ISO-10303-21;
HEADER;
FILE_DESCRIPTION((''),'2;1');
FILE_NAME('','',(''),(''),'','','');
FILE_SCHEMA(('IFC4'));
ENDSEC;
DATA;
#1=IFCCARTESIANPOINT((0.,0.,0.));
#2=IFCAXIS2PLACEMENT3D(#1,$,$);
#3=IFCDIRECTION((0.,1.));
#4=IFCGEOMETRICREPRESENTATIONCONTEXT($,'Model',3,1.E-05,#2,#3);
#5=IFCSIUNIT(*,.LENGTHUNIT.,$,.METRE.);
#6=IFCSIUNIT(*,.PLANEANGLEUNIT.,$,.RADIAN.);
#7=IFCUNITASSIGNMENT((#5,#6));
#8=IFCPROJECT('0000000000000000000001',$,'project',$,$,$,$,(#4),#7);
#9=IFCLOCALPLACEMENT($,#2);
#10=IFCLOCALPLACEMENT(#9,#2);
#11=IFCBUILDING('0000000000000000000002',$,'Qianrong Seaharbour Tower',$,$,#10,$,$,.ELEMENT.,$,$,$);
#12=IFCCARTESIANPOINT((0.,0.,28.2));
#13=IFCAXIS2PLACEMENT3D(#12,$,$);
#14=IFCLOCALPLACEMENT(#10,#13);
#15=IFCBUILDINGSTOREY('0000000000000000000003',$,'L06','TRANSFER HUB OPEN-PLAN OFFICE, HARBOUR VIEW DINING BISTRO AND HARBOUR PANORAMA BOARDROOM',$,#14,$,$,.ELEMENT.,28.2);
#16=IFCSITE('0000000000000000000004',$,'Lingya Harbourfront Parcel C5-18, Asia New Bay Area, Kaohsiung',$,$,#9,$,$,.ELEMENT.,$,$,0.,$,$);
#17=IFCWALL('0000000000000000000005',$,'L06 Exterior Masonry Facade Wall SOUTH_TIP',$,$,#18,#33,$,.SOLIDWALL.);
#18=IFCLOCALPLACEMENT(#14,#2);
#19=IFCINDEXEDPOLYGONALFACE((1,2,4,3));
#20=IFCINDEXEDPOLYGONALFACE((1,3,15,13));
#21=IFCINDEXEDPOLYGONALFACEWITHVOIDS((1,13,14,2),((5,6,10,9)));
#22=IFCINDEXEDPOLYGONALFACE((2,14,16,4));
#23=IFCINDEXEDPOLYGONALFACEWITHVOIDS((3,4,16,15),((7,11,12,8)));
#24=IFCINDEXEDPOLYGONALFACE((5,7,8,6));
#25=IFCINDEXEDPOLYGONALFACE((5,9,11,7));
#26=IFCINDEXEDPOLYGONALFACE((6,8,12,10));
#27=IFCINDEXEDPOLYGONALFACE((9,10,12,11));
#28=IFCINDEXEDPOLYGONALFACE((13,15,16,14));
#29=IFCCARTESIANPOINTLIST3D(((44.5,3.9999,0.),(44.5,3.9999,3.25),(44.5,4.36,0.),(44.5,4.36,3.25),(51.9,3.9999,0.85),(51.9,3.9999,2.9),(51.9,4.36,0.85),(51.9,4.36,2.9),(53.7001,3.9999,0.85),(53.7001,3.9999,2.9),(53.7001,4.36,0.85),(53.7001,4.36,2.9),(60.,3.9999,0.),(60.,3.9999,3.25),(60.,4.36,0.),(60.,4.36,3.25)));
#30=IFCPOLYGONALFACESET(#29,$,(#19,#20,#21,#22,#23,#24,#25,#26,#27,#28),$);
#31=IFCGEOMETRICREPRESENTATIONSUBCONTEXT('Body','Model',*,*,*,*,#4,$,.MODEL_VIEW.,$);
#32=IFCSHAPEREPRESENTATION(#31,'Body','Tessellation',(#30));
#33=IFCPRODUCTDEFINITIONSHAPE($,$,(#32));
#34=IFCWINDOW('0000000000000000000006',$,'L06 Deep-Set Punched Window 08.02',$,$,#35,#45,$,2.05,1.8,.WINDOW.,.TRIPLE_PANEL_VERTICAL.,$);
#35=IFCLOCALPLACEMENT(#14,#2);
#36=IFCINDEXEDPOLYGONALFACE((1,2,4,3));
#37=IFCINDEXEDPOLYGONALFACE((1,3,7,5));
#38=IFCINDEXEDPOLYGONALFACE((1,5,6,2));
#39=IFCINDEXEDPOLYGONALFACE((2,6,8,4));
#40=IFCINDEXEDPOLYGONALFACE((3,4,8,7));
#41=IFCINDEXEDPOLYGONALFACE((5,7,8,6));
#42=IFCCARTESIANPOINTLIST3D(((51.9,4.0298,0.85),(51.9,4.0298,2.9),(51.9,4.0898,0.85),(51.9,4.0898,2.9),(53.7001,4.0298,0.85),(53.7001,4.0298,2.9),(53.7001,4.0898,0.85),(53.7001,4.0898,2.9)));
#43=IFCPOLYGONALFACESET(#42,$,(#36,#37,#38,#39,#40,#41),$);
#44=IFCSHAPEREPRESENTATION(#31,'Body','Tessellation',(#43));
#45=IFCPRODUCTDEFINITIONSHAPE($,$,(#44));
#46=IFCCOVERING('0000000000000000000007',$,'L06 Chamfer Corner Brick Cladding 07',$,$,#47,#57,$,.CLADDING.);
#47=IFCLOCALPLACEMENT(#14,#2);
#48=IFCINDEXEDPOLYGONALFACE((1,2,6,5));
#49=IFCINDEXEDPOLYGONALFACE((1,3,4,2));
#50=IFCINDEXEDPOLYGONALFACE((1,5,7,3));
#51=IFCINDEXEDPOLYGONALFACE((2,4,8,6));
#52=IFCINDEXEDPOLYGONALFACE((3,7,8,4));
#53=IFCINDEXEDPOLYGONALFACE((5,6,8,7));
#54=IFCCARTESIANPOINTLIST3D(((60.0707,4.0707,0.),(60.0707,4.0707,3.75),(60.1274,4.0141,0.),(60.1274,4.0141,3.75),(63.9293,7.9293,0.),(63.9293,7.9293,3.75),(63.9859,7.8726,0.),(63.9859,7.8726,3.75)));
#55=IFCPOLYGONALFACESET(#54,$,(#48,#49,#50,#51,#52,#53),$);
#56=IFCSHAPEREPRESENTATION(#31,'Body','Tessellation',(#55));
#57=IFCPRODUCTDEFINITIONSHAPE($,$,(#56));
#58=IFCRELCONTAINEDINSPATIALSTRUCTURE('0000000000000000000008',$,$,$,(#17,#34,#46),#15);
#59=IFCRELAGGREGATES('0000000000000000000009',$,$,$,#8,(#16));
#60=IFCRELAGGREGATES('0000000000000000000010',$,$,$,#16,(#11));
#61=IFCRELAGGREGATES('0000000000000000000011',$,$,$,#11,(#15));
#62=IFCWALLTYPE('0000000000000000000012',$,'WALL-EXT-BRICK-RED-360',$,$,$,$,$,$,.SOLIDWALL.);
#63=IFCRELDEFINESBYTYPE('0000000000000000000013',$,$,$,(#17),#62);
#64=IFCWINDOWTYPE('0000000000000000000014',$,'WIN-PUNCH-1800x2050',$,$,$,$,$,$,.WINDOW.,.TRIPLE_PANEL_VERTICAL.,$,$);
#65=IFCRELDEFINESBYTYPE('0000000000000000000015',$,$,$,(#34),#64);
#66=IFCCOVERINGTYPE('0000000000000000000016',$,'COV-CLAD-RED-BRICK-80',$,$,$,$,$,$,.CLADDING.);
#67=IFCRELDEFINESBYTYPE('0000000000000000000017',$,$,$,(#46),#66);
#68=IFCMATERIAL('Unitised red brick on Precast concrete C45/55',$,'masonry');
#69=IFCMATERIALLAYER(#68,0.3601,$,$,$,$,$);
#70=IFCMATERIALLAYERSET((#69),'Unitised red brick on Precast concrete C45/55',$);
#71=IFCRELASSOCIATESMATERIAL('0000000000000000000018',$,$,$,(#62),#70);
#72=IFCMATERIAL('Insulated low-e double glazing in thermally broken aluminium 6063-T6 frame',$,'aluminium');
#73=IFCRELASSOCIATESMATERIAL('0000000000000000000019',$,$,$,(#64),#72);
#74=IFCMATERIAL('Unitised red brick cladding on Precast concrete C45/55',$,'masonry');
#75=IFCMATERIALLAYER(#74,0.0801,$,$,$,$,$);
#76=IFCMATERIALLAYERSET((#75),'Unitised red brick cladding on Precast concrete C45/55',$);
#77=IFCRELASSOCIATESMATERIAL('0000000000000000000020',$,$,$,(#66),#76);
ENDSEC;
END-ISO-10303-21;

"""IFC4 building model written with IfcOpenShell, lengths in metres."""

from ifc_helpers import new_model, si_unit, direction, frame, frame_2d, origin, origin_2d, place, context, subcontext, project, spatial, rectangle, extrude, material, layer, layer_set, type_object, element, fill, save


model = new_model("IFC4")

# Units and contexts
model_context = context("Model", 3, precision=1e-05, world=origin(), true_north=direction((0.0, 1.0)))
body_context = subcontext(model_context, "Body", "Model", "MODEL_VIEW")
ifc_project = project(units=[si_unit("LENGTHUNIT", "METRE"), si_unit("PLANEANGLEUNIT", "RADIAN")], contexts=[model_context])

# Site, building, storey
site_placement = place(None, origin())
site = spatial("IfcSite", under=ifc_project, at=site_placement, Name="Lingya Harbourfront Parcel C5-18, Asia New Bay Area, Kaohsiung", CompositionType="ELEMENT", RefElevation=0.0)
building_placement = place(site_placement, origin())
building = spatial("IfcBuilding", under=site, at=building_placement, Name="Qianrong Seaharbour Tower", CompositionType="ELEMENT")
storey_placement = place(building_placement, frame((0.0, 0.0, 28.2)))
storey = spatial("IfcBuildingStorey", under=building, at=storey_placement, Name="L06", Description="TRANSFER HUB OPEN-PLAN OFFICE, HARBOUR VIEW DINING BISTRO AND HARBOUR PANORAMA BOARDROOM", CompositionType="ELEMENT", Elevation=28.2)

# Shared definitions
ifc_material_1 = material(Name="Unitised red brick on Precast concrete C45/55", Category="masonry")
ifc_layer_1 = layer(ifc_material_1, 0.3601)
ifc_layer_set_1 = layer_set([ifc_layer_1], Name="Unitised red brick on Precast concrete C45/55")
wall_type_1 = type_object("IfcWallType", Name="WALL-EXT-BRICK-RED-360", PredefinedType="SOLIDWALL", material=ifc_layer_set_1)

# Wall, opening, window
wall_1_placement = place(storey_placement, frame((60.0, 4.1799, 0.0), z_axis=(0.0, 0.0, 1.0), x_axis=(-1.0, 0.0, 0.0)))
wall_1 = element("IfcWall", 1, at=wall_1_placement, inside=storey, type_object=wall_type_1, Name="L06 Exterior Masonry Facade Wall SOUTH_TIP", PredefinedType="SOLIDWALL", context=body_context, shape_type="SweptSolid", body=[
    extrude(rectangle(XDim=15.5, YDim=0.3601, at=frame_2d((7.75, 0.0))), origin(), (0.0, 0.0, 1.0), 3.25),
])
opening_1_placement = place(wall_1_placement, frame((6.3, 0.0, 0.8501)))
opening_1 = element("IfcOpeningElement", 2, at=opening_1_placement, cuts=wall_1, PredefinedType="OPENING", context=body_context, shape_type="SweptSolid", body=[
    extrude(rectangle(XDim=1.8, YDim=2.05, at=frame_2d((0.8999, 1.0249))), frame((0.0, 0.1899, 0.0), z_axis=(0.0, -1.0, 0.0), x_axis=(1.0, 0.0, 0.0)), (0.0, 0.0, 1.0), 0.3801),
])
ifc_material_2 = material(Name="Insulated low-e double glazing in thermally broken aluminium 6063-T6 frame", Category="aluminium")
window_type = type_object("IfcWindowType", Name="WIN-PUNCH-1800x2050", PartitioningType="TRIPLE_PANEL_VERTICAL", PredefinedType="WINDOW", material=ifc_material_2)
window_placement = place(opening_1_placement, origin())
window = element("IfcWindow", 3, at=window_placement, inside=storey, type_object=window_type, Name="L06 Deep-Set Punched Window 08.02", OverallHeight=2.05, OverallWidth=1.8, PartitioningType="TRIPLE_PANEL_VERTICAL", PredefinedType="WINDOW", context=body_context, shape_type="SweptSolid", body=[
    extrude(rectangle(XDim=1.8, YDim=2.05, at=frame_2d((0.8999, 1.0249))), frame((0.0, 0.1501, 0.0), z_axis=(0.0, -1.0, 0.0), x_axis=(1.0, 0.0, 0.0)), (0.0, 0.0, 1.0), 0.0601),
])
fill(opening_1, window)

# Covering
ifc_material_3 = material(Name="Unitised red brick cladding on Precast concrete C45/55", Category="masonry")
ifc_layer_2 = layer(ifc_material_3, 0.0801)
ifc_layer_set_2 = layer_set([ifc_layer_2], Name="Unitised red brick cladding on Precast concrete C45/55")
covering_type = type_object("IfcCoveringType", Name="COV-CLAD-RED-BRICK-80", PredefinedType="CLADDING", material=ifc_layer_set_2)
covering_placement = place(storey_placement, frame((62.0283, 5.9717, 0.0), z_axis=(0.0, 0.0, 1.0), x_axis=(-0.707107, -0.707107, 0.0)))
element("IfcCovering", 4, at=covering_placement, inside=storey, type_object=covering_type, Name="L06 Chamfer Corner Brick Cladding 07", PredefinedType="CLADDING", context=body_context, shape_type="SweptSolid", body=[
    extrude(rectangle(XDim=5.4568, YDim=0.0801, at=origin_2d()), origin(), (0.0, 0.0, 1.0), 3.75),
])

save(model, "model.ifc")
